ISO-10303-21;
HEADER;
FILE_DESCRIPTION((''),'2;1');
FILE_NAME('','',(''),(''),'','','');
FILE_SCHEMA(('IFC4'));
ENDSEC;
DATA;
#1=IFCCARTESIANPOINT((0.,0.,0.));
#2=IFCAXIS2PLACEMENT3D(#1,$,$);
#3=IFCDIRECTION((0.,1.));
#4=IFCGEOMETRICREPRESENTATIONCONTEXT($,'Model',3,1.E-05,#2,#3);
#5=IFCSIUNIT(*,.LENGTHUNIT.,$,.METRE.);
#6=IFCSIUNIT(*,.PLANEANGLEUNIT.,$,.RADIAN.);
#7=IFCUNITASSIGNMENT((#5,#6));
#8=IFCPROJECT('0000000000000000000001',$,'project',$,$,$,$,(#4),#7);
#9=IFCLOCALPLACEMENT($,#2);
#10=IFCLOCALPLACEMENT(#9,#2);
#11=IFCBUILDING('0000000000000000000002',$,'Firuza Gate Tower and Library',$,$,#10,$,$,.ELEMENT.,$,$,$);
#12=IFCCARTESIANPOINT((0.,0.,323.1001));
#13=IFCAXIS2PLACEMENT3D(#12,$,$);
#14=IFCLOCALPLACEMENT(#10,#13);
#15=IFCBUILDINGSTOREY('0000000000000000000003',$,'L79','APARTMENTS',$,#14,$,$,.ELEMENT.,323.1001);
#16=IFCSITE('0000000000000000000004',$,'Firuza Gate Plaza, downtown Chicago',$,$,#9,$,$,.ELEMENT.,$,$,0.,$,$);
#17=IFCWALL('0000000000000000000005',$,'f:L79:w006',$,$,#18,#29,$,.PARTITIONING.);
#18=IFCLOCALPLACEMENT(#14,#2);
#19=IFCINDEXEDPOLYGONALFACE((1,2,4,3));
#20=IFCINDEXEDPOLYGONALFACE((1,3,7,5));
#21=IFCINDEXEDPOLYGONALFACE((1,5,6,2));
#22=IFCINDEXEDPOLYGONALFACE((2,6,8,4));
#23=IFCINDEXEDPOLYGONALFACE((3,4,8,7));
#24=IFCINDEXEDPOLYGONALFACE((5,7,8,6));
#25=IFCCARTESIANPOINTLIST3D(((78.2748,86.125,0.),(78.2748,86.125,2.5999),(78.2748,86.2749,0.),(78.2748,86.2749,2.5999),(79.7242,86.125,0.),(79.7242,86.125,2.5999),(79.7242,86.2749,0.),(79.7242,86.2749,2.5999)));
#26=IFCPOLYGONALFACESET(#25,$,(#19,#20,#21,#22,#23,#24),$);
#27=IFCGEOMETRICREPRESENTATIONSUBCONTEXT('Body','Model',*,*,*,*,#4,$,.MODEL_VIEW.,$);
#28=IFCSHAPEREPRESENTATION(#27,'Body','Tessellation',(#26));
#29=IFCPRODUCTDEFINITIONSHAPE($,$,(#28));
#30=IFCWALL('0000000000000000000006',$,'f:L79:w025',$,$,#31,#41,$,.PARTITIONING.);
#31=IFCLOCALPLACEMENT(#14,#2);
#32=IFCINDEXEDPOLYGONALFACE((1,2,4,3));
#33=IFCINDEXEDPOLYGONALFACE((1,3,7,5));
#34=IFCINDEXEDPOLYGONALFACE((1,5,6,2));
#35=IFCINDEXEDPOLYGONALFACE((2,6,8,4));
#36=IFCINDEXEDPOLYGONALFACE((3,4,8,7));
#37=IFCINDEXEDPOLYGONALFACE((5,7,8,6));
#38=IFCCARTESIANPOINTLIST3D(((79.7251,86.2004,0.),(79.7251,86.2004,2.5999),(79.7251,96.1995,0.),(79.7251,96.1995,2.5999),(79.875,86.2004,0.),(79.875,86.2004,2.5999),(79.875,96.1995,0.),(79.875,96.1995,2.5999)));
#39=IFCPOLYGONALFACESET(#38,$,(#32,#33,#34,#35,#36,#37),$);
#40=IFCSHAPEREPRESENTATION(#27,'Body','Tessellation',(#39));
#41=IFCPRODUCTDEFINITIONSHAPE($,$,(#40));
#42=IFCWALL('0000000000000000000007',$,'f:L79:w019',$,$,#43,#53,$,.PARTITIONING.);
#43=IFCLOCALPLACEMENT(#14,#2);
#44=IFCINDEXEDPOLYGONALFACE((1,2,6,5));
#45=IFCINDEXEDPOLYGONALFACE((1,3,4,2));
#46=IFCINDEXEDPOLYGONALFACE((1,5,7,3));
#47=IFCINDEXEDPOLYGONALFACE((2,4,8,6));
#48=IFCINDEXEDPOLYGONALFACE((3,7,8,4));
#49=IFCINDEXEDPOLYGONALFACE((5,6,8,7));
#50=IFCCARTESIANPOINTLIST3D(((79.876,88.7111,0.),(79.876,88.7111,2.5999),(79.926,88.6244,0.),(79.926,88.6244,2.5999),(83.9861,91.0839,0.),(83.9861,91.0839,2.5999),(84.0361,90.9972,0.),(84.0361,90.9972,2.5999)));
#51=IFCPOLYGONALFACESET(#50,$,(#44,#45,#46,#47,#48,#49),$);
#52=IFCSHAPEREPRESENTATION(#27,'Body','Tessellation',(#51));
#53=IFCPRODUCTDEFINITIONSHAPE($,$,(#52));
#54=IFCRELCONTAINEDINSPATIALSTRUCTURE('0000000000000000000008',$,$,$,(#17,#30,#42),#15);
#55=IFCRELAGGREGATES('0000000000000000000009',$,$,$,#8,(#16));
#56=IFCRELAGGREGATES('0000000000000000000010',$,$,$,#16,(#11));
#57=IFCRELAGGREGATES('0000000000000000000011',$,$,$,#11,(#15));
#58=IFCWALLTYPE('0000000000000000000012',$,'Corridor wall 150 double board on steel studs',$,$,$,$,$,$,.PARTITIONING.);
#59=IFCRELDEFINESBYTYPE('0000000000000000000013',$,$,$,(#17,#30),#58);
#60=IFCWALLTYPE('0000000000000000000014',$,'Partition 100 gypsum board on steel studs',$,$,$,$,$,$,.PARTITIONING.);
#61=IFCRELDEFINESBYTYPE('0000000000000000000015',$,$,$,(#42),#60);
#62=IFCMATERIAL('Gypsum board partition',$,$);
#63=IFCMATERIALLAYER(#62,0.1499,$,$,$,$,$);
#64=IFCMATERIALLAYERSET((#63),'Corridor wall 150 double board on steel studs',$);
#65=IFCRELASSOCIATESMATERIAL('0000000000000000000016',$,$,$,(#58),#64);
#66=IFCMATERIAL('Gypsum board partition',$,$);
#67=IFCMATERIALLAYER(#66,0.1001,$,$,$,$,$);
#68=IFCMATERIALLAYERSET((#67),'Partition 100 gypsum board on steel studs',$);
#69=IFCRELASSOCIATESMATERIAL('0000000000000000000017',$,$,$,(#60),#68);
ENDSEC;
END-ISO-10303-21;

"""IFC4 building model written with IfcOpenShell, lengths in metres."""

from ifc_helpers import new_model, si_unit, direction, frame, frame_2d, origin, place, context, subcontext, project, spatial, rectangle, extrude, material, layer, layer_set, type_object, element, save


model = new_model("IFC4")

# Units and contexts
model_context = context("Model", 3, precision=1e-05, world=origin(), true_north=direction((0.0, 1.0)))
body_context = subcontext(model_context, "Body", "Model", "MODEL_VIEW")
ifc_project = project(units=[si_unit("LENGTHUNIT", "METRE"), si_unit("PLANEANGLEUNIT", "RADIAN")], contexts=[model_context])

# Site, building, storey
site_placement = place(None, origin())
site = spatial("IfcSite", under=ifc_project, at=site_placement, Name="Firuza Gate Plaza, downtown Chicago", CompositionType="ELEMENT", RefElevation=0.0)
building_placement = place(site_placement, origin())
building = spatial("IfcBuilding", under=site, at=building_placement, Name="Firuza Gate Tower and Library", CompositionType="ELEMENT")
storey_placement = place(building_placement, frame((0.0, 0.0, 323.1001)))
storey = spatial("IfcBuildingStorey", under=building, at=storey_placement, Name="L79", Description="APARTMENTS", CompositionType="ELEMENT", Elevation=323.1001)

# Walls
ifc_material_1 = material(Name="Gypsum board partition")
ifc_layer_1 = layer(ifc_material_1, 0.1499)
ifc_layer_set_1 = layer_set([ifc_layer_1], Name="Corridor wall 150 double board on steel studs")
wall_type_1 = type_object("IfcWallType", Name="Corridor wall 150 double board on steel studs", PredefinedType="PARTITIONING", material=ifc_layer_set_1)
wall_1_placement = place(storey_placement, frame((78.2749, 86.2, 0.0), z_axis=(0.0, 0.0, 1.0), x_axis=(1.0, 0.0, 0.0)))
element("IfcWall", 1, at=wall_1_placement, inside=storey, type_object=wall_type_1, Name="f:L79:w006", PredefinedType="PARTITIONING", context=body_context, shape_type="SweptSolid", body=[
    extrude(rectangle(XDim=1.4495, YDim=0.1499, at=frame_2d((0.7246, 0.0))), origin(), (0.0, 0.0, 1.0), 2.5999),
])
wall_2_placement = place(storey_placement, frame((79.8, 86.2004, 0.0), z_axis=(0.0, 0.0, 1.0), x_axis=(0.0, 1.0, 0.0)))
element("IfcWall", 2, at=wall_2_placement, inside=storey, type_object=wall_type_1, Name="f:L79:w025", PredefinedType="PARTITIONING", context=body_context, shape_type="SweptSolid", body=[
    extrude(rectangle(XDim=9.999, YDim=0.1499, at=frame_2d((4.9995, 0.0))), origin(), (0.0, 0.0, 1.0), 2.5999),
])
ifc_material_2 = material(Name="Gypsum board partition")
ifc_layer_2 = layer(ifc_material_2, 0.1001)
ifc_layer_set_2 = layer_set([ifc_layer_2], Name="Partition 100 gypsum board on steel studs")
wall_type_2 = type_object("IfcWallType", Name="Partition 100 gypsum board on steel studs", PredefinedType="PARTITIONING", material=ifc_layer_set_2)
wall_3_placement = place(storey_placement, frame((79.9009, 88.6677, 0.0), z_axis=(0.0, 0.0, 1.0), x_axis=(0.866041, 0.499973, 0.0)))
element("IfcWall", 3, at=wall_3_placement, inside=storey, type_object=wall_type_2, Name="f:L79:w019", PredefinedType="PARTITIONING", context=body_context, shape_type="SweptSolid", body=[
    extrude(rectangle(XDim=4.7458, YDim=0.1001, at=frame_2d((2.373, 0.0))), origin(), (0.0, 0.0, 1.0), 2.5999),
])

save(model, "model.ifc")
